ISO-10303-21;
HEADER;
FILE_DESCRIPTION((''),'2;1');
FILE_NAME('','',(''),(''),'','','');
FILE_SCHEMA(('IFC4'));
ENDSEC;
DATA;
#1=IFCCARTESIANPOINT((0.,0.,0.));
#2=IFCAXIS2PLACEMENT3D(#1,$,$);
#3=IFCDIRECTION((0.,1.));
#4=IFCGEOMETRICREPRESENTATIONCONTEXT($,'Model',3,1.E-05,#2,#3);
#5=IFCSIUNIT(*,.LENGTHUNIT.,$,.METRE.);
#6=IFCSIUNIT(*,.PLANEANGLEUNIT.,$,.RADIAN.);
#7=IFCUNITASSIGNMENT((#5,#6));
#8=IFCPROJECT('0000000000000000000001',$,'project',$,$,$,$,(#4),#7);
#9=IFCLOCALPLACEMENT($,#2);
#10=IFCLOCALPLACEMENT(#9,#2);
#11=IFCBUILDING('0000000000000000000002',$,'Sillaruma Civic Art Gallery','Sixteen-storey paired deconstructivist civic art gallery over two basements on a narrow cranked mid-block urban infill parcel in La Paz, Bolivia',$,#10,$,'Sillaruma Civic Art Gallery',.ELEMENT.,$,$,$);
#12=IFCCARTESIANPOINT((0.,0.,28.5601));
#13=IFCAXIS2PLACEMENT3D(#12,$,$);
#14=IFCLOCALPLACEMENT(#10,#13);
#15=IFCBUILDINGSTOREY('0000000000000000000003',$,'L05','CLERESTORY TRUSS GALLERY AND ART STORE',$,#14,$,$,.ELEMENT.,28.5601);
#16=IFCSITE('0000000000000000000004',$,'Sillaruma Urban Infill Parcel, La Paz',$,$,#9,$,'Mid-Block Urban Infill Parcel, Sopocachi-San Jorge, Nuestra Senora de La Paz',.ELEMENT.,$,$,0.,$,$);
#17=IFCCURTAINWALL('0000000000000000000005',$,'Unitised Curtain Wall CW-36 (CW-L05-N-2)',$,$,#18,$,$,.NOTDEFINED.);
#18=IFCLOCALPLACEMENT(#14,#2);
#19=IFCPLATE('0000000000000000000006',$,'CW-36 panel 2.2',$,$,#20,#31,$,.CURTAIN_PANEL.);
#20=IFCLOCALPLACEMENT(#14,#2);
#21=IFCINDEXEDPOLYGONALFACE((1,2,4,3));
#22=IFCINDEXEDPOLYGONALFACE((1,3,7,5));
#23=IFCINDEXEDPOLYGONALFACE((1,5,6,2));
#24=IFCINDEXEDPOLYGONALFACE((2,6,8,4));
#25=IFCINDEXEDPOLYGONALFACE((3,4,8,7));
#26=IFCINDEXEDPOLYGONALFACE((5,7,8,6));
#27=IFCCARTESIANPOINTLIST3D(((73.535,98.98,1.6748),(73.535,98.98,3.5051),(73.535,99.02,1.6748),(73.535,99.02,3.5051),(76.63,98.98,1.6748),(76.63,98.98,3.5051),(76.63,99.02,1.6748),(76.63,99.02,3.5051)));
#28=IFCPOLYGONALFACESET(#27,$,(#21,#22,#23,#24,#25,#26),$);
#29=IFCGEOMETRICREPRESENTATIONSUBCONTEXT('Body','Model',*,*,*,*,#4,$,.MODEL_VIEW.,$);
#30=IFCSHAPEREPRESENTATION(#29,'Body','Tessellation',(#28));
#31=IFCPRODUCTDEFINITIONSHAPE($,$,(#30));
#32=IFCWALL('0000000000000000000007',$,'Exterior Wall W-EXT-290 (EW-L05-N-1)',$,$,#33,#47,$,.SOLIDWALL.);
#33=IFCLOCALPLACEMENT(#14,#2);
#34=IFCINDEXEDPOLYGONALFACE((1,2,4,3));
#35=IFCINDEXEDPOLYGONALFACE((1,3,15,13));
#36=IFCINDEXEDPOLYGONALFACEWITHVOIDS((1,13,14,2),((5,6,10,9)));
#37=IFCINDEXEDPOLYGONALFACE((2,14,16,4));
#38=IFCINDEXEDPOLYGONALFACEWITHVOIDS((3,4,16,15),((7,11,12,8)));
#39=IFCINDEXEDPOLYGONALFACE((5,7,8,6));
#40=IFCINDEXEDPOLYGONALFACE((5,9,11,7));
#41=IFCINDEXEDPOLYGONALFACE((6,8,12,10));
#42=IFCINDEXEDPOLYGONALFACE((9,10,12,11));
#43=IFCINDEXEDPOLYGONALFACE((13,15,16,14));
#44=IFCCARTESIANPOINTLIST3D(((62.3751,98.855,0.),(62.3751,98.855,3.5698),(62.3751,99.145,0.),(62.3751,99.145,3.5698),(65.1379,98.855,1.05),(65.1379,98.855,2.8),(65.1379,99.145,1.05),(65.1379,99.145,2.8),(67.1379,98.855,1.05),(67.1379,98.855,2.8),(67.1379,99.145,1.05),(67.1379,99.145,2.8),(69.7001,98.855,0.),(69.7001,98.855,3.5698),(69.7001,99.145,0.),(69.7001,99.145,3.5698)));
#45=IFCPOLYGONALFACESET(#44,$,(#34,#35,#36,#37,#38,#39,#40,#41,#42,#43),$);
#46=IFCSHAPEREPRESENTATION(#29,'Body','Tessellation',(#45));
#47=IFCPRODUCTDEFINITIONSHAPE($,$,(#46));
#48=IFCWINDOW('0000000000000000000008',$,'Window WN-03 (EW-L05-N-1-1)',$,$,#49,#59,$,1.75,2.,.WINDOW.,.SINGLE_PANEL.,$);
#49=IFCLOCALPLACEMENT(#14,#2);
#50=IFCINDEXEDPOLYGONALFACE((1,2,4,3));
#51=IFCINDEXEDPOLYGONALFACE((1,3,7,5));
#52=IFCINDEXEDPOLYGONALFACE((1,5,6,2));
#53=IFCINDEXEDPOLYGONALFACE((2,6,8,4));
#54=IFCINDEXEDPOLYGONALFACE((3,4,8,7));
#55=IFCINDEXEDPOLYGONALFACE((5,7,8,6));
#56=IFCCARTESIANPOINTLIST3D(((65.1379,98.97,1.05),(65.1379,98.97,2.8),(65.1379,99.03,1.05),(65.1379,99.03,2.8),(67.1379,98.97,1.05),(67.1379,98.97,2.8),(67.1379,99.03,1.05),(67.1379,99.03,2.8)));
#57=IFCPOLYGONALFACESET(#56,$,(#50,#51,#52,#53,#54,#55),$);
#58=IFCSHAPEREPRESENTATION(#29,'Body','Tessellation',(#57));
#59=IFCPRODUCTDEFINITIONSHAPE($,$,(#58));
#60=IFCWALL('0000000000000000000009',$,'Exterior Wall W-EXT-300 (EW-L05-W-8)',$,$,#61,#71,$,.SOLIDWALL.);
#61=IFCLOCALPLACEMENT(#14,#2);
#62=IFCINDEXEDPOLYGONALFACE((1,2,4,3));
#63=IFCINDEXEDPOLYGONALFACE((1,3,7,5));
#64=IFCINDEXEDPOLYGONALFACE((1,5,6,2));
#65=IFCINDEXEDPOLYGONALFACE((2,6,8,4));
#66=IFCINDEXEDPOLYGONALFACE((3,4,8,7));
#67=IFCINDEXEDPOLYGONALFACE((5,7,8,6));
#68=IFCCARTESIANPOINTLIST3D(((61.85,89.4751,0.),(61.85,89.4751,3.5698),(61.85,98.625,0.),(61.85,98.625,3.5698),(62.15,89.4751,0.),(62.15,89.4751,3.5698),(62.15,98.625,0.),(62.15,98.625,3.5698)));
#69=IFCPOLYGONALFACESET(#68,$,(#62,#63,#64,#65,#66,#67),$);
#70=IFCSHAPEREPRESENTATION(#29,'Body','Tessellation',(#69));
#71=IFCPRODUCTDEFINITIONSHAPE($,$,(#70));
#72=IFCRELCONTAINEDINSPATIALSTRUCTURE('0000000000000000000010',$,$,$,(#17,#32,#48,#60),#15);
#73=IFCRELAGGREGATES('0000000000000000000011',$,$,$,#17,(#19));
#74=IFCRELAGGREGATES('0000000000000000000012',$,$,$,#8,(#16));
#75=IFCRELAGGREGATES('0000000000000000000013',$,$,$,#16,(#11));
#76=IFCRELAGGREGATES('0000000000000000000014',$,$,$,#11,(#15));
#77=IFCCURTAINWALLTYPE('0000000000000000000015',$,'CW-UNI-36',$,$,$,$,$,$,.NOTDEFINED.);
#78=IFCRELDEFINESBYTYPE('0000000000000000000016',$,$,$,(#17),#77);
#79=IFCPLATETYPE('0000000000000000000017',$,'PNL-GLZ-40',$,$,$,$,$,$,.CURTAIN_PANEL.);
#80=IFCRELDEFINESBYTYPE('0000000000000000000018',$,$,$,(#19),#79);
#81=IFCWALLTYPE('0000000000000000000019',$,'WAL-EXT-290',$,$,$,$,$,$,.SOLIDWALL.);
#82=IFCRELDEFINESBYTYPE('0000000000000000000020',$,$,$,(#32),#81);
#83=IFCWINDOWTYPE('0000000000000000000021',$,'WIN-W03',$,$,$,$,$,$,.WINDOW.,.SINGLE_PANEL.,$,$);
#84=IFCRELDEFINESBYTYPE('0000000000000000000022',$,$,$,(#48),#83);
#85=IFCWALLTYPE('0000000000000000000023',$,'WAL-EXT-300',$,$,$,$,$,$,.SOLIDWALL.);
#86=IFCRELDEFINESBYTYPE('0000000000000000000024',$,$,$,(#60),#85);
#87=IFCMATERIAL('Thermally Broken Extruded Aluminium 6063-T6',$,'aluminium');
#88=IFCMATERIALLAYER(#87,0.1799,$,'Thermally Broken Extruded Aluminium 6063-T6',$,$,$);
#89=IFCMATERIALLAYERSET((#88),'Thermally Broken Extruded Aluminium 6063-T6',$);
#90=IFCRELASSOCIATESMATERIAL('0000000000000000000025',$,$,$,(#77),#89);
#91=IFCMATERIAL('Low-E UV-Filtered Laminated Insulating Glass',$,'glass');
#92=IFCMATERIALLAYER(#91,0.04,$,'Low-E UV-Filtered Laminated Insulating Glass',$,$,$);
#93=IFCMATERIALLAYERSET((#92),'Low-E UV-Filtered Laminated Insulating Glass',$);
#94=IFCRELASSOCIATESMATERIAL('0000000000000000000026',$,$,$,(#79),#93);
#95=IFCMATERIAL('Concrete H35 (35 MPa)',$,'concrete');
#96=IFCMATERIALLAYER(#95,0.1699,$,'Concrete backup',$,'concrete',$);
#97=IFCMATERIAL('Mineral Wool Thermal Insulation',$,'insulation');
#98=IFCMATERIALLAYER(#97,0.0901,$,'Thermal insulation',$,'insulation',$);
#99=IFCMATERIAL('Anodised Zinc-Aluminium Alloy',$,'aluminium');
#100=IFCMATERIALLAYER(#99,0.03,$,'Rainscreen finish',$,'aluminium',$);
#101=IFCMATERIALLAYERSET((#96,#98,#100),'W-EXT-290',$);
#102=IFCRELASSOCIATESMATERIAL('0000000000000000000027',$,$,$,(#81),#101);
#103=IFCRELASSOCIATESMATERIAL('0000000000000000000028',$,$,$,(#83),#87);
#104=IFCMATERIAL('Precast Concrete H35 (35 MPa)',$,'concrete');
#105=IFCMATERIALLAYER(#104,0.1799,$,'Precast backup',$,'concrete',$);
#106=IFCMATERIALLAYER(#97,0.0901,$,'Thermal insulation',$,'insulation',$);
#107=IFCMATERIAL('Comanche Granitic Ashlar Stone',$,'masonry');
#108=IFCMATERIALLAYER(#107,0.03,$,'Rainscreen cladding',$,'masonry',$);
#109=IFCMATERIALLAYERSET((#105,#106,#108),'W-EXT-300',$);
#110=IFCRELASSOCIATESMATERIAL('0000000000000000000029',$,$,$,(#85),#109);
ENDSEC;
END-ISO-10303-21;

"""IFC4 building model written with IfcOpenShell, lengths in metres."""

from ifc_helpers import new_model, si_unit, direction, frame, frame_2d, origin, origin_2d, place, context, subcontext, project, spatial, rectangle, extrude, material, layer, layer_set, type_object, element, fill, aggregate, save


model = new_model("IFC4")

# Units and contexts
model_context = context("Model", 3, precision=1e-05, world=origin(), true_north=direction((0.0, 1.0)))
body_context = subcontext(model_context, "Body", "Model", "MODEL_VIEW")
ifc_project = project(units=[si_unit("LENGTHUNIT", "METRE"), si_unit("PLANEANGLEUNIT", "RADIAN")], contexts=[model_context])

# Site, building, storey
site_placement = place(None, origin())
site = spatial("IfcSite", under=ifc_project, at=site_placement, Name="Sillaruma Urban Infill Parcel, La Paz", LongName="Mid-Block Urban Infill Parcel, Sopocachi-San Jorge, Nuestra Senora de La Paz", CompositionType="ELEMENT", RefElevation=0.0)
building_placement = place(site_placement, origin())
building = spatial("IfcBuilding", under=site, at=building_placement, Name="Sillaruma Civic Art Gallery", Description="Sixteen-storey paired deconstructivist civic art gallery over two basements on a narrow cranked mid-block urban infill parcel in La Paz, Bolivia", LongName="Sillaruma Civic Art Gallery", CompositionType="ELEMENT")
storey_placement = place(building_placement, frame((0.0, 0.0, 28.5601)))
storey = spatial("IfcBuildingStorey", under=building, at=storey_placement, Name="L05", Description="CLERESTORY TRUSS GALLERY AND ART STORE", CompositionType="ELEMENT", Elevation=28.5601)

# Shared definitions
ifc_material_1 = material(Name="Concrete H35 (35 MPa)", Category="concrete")

# Shared definitions
ifc_material_2 = material(Name="Thermally Broken Extruded Aluminium 6063-T6", Category="aluminium")

# Curtain wall
ifc_layer_1 = layer(ifc_material_2, 0.1799, Name="Thermally Broken Extruded Aluminium 6063-T6")
ifc_layer_set_1 = layer_set([ifc_layer_1], Name="Thermally Broken Extruded Aluminium 6063-T6")
curtain_wall_type_1 = type_object("IfcCurtainWallType", Name="CW-UNI-36", PredefinedType="NOTDEFINED", material=ifc_layer_set_1)
curtain_wall_1_placement = place(storey_placement, origin())
curtain_wall_1 = element("IfcCurtainWall", 1, at=curtain_wall_1_placement, inside=storey, type_object=curtain_wall_type_1, Name="Unitised Curtain Wall CW-36 (CW-L05-N-2)", PredefinedType="NOTDEFINED")

# Plate
ifc_material_3 = material(Name="Low-E UV-Filtered Laminated Insulating Glass", Category="glass")
ifc_layer_2 = layer(ifc_material_3, 0.04, Name="Low-E UV-Filtered Laminated Insulating Glass")
ifc_layer_set_2 = layer_set([ifc_layer_2], Name="Low-E UV-Filtered Laminated Insulating Glass")
plate_type_1 = type_object("IfcPlateType", Name="PNL-GLZ-40", PredefinedType="CURTAIN_PANEL", material=ifc_layer_set_2)
plate_1_placement = place(storey_placement, frame((75.0825, 99.0, 1.6748), z_axis=(0.0, 0.0, 1.0), x_axis=(1.0, 0.0, 0.0)))
plate_1 = element("IfcPlate", 2, at=plate_1_placement, type_object=plate_type_1, Name="CW-36 panel 2.2", PredefinedType="CURTAIN_PANEL", context=body_context, shape_type="SweptSolid", body=[
    extrude(rectangle(XDim=3.095, YDim=0.04, at=origin_2d()), origin(), (0.0, 0.0, 1.0), 1.8303),
])
aggregate(curtain_wall_1, [plate_1])

# Wall, opening, window
ifc_layer_3 = layer(ifc_material_1, 0.1699, Name="Concrete backup", Category="concrete")
ifc_material_4 = material(Name="Mineral Wool Thermal Insulation", Category="insulation")
ifc_layer_4 = layer(ifc_material_4, 0.0901, Name="Thermal insulation", Category="insulation")
ifc_material_5 = material(Name="Anodised Zinc-Aluminium Alloy", Category="aluminium")
ifc_layer_5 = layer(ifc_material_5, 0.03, Name="Rainscreen finish", Category="aluminium")
ifc_layer_set_3 = layer_set([ifc_layer_3, ifc_layer_4, ifc_layer_5], Name="W-EXT-290")
wall_type_1 = type_object("IfcWallType", Name="WAL-EXT-290", PredefinedType="SOLIDWALL", material=ifc_layer_set_3)
wall_1_placement = place(storey_placement, frame((62.375, 99.0, 0.0), z_axis=(0.0, 0.0, 1.0), x_axis=(1.0, 0.0, 0.0)))
wall_1 = element("IfcWall", 3, at=wall_1_placement, inside=storey, type_object=wall_type_1, Name="Exterior Wall W-EXT-290 (EW-L05-N-1)", PredefinedType="SOLIDWALL", context=body_context, shape_type="SweptSolid", body=[
    extrude(rectangle(XDim=7.325, YDim=0.29, at=frame_2d((3.6626, 0.0))), origin(), (0.0, 0.0, 1.0), 3.5698),
])
opening_placement = place(wall_1_placement, frame((2.7629, 0.0, 1.05)))
opening = element("IfcOpeningElement", 4, at=opening_placement, cuts=wall_1, PredefinedType="OPENING", context=body_context, shape_type="SweptSolid", body=[
    extrude(rectangle(XDim=2.0, YDim=1.75, at=frame_2d((1.0, 0.875))), frame((0.0, 0.155, 0.0), z_axis=(0.0, -1.0, 0.0), x_axis=(1.0, 0.0, 0.0)), (0.0, 0.0, 1.0), 0.3101),
])
window_type = type_object("IfcWindowType", Name="WIN-W03", PartitioningType="SINGLE_PANEL", PredefinedType="WINDOW", material=ifc_material_2)
window_placement = place(opening_placement, origin())
window = element("IfcWindow", 5, at=window_placement, inside=storey, type_object=window_type, Name="Window WN-03 (EW-L05-N-1-1)", OverallHeight=1.75, OverallWidth=2.0, PartitioningType="SINGLE_PANEL", PredefinedType="WINDOW", context=body_context, shape_type="SweptSolid", body=[
    extrude(rectangle(XDim=2.0, YDim=1.75, at=frame_2d((1.0, 0.875))), frame((0.0, 0.03, 0.0), z_axis=(0.0, -1.0, 0.0), x_axis=(1.0, 0.0, 0.0)), (0.0, 0.0, 1.0), 0.0601),
])
fill(opening, window)

# Wall
ifc_material_6 = material(Name="Precast Concrete H35 (35 MPa)", Category="concrete")
ifc_layer_6 = layer(ifc_material_6, 0.1799, Name="Precast backup", Category="concrete")
ifc_layer_7 = layer(ifc_material_4, 0.0901, Name="Thermal insulation", Category="insulation")
ifc_material_7 = material(Name="Comanche Granitic Ashlar Stone", Category="masonry")
ifc_layer_8 = layer(ifc_material_7, 0.03, Name="Rainscreen cladding", Category="masonry")
ifc_layer_set_4 = layer_set([ifc_layer_6, ifc_layer_7, ifc_layer_8], Name="W-EXT-300")
wall_type_2 = type_object("IfcWallType", Name="WAL-EXT-300", PredefinedType="SOLIDWALL", material=ifc_layer_set_4)
wall_2_placement = place(storey_placement, frame((62.0, 89.4751, 0.0), z_axis=(0.0, 0.0, 1.0), x_axis=(0.0, 1.0, 0.0)))
element("IfcWall", 6, at=wall_2_placement, inside=storey, type_object=wall_type_2, Name="Exterior Wall W-EXT-300 (EW-L05-W-8)", PredefinedType="SOLIDWALL", context=body_context, shape_type="SweptSolid", body=[
    extrude(rectangle(XDim=9.1499, YDim=0.3, at=frame_2d((4.575, 0.0))), origin(), (0.0, 0.0, 1.0), 3.5698),
])

save(model, "model.ifc")
